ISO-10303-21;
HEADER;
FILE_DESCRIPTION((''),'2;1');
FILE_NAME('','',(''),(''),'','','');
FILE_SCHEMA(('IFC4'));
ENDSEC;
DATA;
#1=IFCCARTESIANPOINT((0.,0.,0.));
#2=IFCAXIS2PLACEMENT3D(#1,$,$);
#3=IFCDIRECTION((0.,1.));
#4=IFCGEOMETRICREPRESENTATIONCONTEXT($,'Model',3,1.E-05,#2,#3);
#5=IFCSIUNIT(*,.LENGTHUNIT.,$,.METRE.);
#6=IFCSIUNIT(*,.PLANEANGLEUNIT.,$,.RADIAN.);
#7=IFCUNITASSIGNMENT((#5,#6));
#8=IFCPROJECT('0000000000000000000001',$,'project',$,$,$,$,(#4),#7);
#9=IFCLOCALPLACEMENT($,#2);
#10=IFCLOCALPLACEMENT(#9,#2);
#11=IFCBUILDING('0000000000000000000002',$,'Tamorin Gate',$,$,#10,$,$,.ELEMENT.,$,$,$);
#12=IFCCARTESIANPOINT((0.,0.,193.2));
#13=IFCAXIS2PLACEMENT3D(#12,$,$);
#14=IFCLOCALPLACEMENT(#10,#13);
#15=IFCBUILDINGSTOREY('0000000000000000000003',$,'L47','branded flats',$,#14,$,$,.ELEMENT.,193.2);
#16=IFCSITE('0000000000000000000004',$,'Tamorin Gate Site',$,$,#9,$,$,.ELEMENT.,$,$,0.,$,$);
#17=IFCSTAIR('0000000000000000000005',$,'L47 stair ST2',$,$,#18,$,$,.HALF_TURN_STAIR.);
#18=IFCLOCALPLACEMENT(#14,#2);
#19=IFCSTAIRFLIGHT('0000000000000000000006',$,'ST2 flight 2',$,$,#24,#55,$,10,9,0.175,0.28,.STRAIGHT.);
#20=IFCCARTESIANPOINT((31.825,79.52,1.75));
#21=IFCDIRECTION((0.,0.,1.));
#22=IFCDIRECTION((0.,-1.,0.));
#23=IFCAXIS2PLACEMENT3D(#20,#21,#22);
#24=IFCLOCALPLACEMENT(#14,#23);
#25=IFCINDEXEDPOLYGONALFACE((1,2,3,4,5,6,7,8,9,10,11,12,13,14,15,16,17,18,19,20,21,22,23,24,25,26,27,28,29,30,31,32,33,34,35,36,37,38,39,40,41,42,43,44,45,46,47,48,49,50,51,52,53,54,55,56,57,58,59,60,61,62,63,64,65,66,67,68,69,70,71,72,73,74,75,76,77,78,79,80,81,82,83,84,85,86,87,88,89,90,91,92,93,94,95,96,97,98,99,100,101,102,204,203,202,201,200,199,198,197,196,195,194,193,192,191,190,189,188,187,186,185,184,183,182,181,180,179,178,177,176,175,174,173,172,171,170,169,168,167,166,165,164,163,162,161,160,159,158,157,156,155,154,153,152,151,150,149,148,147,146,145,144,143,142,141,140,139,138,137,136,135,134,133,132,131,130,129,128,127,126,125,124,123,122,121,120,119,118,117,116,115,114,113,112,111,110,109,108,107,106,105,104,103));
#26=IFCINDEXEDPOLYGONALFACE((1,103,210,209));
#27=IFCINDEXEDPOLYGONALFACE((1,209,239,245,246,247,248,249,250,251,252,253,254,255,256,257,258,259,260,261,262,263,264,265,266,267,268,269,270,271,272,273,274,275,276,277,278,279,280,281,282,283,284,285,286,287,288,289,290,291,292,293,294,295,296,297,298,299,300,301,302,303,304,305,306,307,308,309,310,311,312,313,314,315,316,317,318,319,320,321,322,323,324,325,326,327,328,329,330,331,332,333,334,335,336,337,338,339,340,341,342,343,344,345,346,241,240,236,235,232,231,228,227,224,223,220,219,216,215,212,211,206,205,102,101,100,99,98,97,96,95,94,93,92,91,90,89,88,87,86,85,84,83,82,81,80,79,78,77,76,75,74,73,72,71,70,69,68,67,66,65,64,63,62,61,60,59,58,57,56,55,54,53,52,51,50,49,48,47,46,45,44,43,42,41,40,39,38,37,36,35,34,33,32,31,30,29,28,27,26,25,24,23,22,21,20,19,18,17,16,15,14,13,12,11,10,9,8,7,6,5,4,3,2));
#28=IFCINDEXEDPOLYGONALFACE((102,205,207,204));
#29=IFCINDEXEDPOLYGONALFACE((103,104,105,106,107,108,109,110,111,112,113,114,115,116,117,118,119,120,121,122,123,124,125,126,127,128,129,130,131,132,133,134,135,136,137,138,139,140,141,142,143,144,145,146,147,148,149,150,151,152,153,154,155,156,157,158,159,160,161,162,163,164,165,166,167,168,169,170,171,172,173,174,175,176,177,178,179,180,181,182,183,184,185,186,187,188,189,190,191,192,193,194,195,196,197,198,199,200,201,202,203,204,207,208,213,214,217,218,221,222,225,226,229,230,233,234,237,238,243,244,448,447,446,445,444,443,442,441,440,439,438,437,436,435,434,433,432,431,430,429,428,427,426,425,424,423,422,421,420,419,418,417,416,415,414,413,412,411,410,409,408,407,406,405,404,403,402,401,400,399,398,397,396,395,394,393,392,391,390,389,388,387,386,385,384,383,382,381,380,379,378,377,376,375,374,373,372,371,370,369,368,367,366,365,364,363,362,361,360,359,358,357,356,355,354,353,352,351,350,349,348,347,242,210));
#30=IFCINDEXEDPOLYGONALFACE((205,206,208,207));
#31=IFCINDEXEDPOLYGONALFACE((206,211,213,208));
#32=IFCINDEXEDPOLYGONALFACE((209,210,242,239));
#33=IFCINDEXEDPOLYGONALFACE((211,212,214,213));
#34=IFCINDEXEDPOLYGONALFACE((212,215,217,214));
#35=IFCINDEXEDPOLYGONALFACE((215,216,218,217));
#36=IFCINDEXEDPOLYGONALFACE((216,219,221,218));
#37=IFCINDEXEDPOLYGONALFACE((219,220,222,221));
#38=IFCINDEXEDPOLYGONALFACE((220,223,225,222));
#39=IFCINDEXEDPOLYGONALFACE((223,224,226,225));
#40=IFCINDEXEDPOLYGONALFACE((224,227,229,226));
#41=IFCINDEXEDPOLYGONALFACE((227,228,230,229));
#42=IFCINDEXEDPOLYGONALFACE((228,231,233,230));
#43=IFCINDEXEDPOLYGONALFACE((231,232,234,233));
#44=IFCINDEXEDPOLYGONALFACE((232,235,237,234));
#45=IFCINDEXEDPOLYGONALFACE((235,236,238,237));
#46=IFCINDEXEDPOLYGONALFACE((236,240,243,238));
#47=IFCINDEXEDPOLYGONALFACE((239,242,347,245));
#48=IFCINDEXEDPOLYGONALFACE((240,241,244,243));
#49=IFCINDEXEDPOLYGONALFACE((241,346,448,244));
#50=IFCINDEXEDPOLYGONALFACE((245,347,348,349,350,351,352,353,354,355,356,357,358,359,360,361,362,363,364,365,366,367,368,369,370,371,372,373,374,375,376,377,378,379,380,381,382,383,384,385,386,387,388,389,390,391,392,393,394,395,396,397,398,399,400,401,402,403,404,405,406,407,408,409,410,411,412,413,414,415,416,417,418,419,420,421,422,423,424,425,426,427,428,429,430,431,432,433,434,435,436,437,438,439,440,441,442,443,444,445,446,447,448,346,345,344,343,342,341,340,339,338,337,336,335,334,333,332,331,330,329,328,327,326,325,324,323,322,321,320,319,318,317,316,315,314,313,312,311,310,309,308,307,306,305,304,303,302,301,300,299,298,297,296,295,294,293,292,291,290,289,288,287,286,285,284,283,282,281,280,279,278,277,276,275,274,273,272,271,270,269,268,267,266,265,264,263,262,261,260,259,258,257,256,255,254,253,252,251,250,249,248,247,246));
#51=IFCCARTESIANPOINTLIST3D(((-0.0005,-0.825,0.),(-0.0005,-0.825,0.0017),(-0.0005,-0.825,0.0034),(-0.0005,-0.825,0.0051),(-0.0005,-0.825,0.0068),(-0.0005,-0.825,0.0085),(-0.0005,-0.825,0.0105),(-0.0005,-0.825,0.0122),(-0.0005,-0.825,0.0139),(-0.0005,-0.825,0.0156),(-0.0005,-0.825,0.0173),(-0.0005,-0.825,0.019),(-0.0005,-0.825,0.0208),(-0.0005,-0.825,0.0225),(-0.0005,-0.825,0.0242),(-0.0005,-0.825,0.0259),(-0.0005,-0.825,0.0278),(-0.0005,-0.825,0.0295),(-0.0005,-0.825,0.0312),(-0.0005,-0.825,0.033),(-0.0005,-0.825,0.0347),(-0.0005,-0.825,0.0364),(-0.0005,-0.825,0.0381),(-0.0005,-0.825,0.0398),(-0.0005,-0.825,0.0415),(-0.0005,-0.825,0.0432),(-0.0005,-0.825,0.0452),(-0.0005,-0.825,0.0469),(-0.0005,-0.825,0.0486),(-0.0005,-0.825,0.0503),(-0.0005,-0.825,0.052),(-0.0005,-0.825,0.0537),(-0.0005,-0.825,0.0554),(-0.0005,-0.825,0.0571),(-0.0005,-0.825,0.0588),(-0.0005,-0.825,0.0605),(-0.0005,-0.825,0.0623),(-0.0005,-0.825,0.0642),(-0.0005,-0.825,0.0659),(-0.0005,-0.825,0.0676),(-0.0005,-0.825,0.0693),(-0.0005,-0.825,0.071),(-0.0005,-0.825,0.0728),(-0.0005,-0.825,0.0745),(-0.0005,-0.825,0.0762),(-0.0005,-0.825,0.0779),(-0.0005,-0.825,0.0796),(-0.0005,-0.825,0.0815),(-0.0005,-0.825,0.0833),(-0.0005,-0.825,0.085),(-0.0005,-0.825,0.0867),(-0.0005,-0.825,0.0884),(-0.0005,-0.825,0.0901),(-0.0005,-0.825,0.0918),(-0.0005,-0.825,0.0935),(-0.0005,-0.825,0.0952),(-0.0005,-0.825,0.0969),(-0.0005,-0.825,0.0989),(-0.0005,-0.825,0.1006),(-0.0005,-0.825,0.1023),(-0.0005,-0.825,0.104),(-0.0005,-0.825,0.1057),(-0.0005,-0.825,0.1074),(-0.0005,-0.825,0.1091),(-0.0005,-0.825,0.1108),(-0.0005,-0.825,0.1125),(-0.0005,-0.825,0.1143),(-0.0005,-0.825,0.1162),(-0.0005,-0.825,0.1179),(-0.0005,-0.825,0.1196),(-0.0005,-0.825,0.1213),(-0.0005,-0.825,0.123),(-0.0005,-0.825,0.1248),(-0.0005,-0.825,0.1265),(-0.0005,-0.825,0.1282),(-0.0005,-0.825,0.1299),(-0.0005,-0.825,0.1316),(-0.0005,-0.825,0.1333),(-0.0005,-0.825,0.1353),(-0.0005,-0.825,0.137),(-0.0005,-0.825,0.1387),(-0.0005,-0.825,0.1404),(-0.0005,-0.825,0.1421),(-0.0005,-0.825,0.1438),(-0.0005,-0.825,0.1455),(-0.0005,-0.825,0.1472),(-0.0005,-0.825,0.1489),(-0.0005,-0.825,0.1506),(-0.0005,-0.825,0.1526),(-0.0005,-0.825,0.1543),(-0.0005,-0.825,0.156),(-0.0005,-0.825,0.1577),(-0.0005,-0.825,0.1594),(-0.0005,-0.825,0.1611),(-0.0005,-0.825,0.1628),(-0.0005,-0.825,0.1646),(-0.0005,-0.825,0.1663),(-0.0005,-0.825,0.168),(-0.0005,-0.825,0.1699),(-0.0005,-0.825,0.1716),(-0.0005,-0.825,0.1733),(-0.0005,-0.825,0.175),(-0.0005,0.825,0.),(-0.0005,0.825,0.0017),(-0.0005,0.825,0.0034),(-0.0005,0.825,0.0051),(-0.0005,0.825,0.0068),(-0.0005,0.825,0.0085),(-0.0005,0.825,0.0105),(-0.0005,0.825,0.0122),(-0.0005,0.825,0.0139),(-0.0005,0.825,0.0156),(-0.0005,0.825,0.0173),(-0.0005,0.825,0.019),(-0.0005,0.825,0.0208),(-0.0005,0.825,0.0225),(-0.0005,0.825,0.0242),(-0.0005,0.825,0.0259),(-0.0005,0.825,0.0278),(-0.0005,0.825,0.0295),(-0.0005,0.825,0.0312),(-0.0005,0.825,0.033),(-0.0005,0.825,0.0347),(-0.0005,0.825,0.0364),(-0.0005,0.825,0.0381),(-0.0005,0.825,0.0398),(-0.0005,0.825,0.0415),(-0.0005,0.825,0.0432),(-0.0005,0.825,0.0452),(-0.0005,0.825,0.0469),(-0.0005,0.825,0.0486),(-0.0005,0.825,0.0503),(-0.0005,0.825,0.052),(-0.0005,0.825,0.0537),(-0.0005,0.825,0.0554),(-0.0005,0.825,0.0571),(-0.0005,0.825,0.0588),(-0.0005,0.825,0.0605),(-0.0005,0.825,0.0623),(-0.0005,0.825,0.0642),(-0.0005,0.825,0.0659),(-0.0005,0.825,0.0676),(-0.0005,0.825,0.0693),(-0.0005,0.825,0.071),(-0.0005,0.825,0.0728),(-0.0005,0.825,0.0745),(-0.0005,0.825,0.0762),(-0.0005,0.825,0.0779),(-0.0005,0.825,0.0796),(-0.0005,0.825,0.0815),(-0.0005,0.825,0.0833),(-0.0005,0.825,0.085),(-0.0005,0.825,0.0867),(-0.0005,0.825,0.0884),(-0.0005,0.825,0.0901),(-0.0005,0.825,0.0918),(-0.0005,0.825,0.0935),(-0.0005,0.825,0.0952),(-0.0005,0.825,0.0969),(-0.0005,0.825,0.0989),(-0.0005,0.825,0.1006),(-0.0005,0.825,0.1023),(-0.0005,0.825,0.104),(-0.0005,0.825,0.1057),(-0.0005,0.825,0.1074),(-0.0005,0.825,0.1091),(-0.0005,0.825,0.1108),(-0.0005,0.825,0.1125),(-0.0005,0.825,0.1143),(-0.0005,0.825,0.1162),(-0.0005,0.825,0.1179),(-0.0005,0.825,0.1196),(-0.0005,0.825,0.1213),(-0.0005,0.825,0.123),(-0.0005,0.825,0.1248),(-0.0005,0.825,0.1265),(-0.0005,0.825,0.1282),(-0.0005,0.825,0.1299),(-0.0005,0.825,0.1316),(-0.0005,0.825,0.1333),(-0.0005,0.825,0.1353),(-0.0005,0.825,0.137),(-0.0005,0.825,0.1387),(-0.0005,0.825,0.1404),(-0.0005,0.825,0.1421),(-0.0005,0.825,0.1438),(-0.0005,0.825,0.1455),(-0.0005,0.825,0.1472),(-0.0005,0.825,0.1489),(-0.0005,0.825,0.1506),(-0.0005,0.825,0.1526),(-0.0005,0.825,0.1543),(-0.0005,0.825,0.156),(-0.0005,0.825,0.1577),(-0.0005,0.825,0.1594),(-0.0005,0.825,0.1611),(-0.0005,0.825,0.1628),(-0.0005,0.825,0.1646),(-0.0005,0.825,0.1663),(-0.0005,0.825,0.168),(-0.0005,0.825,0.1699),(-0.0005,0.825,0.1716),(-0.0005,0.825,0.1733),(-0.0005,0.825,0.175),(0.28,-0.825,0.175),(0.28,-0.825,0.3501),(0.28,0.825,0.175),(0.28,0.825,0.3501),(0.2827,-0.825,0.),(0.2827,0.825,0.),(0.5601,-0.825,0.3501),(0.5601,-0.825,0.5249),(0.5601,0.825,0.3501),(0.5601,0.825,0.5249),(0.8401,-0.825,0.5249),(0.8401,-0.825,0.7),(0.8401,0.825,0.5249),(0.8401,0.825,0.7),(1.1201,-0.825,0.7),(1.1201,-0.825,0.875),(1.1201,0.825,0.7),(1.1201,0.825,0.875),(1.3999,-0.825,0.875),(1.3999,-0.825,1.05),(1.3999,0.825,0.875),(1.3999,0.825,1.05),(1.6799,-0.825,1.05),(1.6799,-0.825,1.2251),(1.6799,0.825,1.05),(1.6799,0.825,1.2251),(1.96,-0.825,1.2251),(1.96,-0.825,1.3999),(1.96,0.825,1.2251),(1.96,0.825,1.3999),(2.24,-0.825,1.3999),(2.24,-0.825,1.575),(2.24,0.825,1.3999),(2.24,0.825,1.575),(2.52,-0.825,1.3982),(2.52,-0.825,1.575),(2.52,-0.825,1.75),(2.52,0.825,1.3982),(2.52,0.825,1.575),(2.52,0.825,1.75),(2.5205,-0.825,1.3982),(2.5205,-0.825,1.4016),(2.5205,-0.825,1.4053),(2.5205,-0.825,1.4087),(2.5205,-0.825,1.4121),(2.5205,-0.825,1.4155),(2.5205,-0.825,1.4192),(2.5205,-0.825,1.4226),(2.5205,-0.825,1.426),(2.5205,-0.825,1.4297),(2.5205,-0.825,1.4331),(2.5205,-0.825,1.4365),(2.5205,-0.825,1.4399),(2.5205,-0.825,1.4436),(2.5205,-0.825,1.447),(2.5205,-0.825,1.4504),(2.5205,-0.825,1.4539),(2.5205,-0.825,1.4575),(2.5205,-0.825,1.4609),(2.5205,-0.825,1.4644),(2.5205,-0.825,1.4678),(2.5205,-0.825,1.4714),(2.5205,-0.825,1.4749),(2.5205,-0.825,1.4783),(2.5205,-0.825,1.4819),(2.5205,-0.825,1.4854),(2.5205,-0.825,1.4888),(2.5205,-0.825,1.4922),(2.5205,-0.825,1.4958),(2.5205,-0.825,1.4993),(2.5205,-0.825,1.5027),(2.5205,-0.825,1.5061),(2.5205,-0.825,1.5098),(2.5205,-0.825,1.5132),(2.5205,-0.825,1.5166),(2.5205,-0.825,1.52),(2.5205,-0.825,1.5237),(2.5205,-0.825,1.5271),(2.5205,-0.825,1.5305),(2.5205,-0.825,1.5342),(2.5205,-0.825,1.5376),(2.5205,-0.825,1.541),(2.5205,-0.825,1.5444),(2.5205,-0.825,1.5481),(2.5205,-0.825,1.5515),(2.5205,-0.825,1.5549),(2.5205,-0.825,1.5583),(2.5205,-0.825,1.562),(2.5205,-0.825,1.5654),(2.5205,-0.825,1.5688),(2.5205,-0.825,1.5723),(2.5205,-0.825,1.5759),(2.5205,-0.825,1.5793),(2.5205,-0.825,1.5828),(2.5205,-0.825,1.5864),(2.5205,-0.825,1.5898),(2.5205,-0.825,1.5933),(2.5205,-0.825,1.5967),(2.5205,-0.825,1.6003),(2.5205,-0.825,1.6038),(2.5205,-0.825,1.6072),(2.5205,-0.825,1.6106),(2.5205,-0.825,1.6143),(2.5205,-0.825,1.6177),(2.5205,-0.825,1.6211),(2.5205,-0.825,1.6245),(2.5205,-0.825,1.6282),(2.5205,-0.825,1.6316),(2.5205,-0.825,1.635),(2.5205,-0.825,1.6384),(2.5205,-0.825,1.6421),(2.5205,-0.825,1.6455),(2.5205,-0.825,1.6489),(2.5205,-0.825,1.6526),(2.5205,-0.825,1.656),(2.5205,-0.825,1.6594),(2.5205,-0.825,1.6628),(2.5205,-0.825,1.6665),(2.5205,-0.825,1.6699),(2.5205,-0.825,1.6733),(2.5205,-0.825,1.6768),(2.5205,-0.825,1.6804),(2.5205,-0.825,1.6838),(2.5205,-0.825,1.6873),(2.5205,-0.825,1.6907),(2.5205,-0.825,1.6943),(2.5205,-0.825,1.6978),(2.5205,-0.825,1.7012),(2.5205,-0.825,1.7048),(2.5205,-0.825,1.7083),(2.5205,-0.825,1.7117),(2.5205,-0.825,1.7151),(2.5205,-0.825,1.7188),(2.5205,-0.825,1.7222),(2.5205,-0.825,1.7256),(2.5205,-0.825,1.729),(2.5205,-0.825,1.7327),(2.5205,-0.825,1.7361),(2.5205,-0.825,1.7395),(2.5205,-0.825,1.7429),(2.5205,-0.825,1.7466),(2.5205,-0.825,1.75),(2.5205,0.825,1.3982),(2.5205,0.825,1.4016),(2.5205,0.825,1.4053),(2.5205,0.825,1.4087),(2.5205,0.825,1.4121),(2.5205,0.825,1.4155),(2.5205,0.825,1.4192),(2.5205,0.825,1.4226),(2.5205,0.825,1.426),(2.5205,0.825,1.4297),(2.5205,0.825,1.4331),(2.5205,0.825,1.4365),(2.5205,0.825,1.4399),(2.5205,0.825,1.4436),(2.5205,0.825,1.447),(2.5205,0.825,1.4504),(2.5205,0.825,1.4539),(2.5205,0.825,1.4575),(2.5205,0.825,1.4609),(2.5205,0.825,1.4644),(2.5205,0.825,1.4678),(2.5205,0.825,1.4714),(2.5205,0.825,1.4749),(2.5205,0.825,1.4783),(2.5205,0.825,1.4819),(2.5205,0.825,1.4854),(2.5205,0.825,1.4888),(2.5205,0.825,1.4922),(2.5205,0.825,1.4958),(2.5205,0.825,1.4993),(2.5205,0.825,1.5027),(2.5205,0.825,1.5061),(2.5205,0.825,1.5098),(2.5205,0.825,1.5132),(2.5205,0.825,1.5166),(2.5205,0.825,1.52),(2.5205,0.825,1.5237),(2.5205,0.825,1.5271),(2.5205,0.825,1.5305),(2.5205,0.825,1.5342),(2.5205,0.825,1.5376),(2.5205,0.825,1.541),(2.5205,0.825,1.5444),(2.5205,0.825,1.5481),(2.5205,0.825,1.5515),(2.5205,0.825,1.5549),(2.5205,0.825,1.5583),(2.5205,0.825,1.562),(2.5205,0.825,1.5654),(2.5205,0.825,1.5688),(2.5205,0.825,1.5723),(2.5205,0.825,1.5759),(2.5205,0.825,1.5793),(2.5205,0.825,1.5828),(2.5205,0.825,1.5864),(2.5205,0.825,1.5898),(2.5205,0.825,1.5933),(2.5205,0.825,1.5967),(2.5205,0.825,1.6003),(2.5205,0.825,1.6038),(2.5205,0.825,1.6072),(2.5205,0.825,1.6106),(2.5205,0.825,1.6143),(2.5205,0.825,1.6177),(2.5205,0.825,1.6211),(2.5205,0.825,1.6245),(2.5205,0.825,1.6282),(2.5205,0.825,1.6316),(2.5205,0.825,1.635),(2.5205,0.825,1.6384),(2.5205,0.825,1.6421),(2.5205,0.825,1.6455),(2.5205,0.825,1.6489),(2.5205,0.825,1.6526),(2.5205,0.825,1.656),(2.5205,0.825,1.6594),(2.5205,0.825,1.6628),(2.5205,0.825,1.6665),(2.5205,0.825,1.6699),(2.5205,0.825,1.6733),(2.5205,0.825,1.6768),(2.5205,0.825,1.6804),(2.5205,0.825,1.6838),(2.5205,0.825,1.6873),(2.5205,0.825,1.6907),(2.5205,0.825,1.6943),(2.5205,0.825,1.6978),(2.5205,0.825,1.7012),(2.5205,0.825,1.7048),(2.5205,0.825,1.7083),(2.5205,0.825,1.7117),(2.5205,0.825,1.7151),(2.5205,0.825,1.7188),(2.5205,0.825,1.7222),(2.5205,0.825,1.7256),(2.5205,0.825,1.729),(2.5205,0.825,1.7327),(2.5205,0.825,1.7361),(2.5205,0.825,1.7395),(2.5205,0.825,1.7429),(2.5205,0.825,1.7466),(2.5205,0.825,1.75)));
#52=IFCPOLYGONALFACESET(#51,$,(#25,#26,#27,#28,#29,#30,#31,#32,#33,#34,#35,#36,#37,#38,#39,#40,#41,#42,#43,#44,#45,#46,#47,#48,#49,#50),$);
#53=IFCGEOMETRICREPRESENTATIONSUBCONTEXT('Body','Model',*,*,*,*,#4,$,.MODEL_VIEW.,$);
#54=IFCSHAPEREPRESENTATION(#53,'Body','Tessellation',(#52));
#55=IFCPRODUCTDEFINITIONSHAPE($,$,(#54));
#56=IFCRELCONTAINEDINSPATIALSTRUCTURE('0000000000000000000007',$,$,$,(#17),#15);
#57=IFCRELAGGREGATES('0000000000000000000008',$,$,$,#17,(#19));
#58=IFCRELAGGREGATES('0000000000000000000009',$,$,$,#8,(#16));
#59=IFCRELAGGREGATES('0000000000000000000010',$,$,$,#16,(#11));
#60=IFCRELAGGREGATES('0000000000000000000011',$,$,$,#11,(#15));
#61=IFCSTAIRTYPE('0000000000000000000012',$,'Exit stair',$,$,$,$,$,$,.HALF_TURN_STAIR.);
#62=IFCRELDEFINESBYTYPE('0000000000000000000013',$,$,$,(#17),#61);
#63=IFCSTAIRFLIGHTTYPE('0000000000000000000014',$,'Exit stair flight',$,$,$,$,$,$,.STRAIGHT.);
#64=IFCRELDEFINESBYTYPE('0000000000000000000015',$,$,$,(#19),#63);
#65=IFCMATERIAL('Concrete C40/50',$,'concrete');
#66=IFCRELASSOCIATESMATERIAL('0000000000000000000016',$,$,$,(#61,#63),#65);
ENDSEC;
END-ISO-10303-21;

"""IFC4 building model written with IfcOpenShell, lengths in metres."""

from ifc_helpers import new_model, si_unit, direction, frame, origin, place, context, subcontext, project, spatial, polyline, outline, extrude, material, type_object, element, aggregate, save


model = new_model("IFC4")

# Units and contexts
model_context = context("Model", 3, precision=1e-05, world=origin(), true_north=direction((0.0, 1.0)))
body_context = subcontext(model_context, "Body", "Model", "MODEL_VIEW")
ifc_project = project(units=[si_unit("LENGTHUNIT", "METRE"), si_unit("PLANEANGLEUNIT", "RADIAN")], contexts=[model_context])

# Site, building, storey
site_placement = place(None, origin())
site = spatial("IfcSite", under=ifc_project, at=site_placement, Name="Tamorin Gate Site", CompositionType="ELEMENT", RefElevation=0.0)
building_placement = place(site_placement, origin())
building = spatial("IfcBuilding", under=site, at=building_placement, Name="Tamorin Gate", CompositionType="ELEMENT")
storey_placement = place(building_placement, frame((0.0, 0.0, 193.2)))
storey = spatial("IfcBuildingStorey", under=building, at=storey_placement, Name="L47", Description="branded flats", CompositionType="ELEMENT", Elevation=193.2)

# Stair, stair flight
ifc_material_1 = material(Name="Concrete C40/50", Category="concrete")
stair_type = type_object("IfcStairType", Name="Exit stair", PredefinedType="HALF_TURN_STAIR", material=ifc_material_1)
stair_placement = place(storey_placement, origin())
stair = element("IfcStair", 1, at=stair_placement, inside=storey, type_object=stair_type, Name="L47 stair ST2", PredefinedType="HALF_TURN_STAIR")
stair_flight_type = type_object("IfcStairFlightType", Name="Exit stair flight", PredefinedType="STRAIGHT", material=ifc_material_1)
stair_flight_placement = place(storey_placement, frame((31.825, 79.52, 1.75), z_axis=(0.0, 0.0, 1.0), x_axis=(0.0, -1.0, 0.0)))
stair_flight = element("IfcStairFlight", 2, at=stair_flight_placement, type_object=stair_flight_type, Name="ST2 flight 2", NumberOfRisers=10, NumberOfTreads=9, PredefinedType="STRAIGHT", RiserHeight=0.175, TreadLength=0.28, context=body_context, shape_type="SweptSolid", body=[
    extrude(outline(polyline([(-0.0005, 0.0), (-0.0005, 0.0017), (-0.0005, 0.0034), (-0.0005, 0.0051), (-0.0005, 0.0068), (-0.0005, 0.0085), (-0.0005, 0.0105), (-0.0005, 0.0122), (-0.0005, 0.0139), (-0.0005, 0.0156), (-0.0005, 0.0173), (-0.0005, 0.019), (-0.0005, 0.0208), (-0.0005, 0.0225), (-0.0005, 0.0242), (-0.0005, 0.0259), (-0.0005, 0.0278), (-0.0005, 0.0295), (-0.0005, 0.0312), (-0.0005, 0.033), (-0.0005, 0.0347), (-0.0005, 0.0364), (-0.0005, 0.0381), (-0.0005, 0.0398), (-0.0005, 0.0415), (-0.0005, 0.0432), (-0.0005, 0.0452), (-0.0005, 0.0469), (-0.0005, 0.0486), (-0.0005, 0.0503), (-0.0005, 0.052), (-0.0005, 0.0537), (-0.0005, 0.0554), (-0.0005, 0.0571), (-0.0005, 0.0588), (-0.0005, 0.0605), (-0.0005, 0.0623), (-0.0005, 0.0642), (-0.0005, 0.0659), (-0.0005, 0.0676), (-0.0005, 0.0693), (-0.0005, 0.071), (-0.0005, 0.0728), (-0.0005, 0.0745), (-0.0005, 0.0762), (-0.0005, 0.0779), (-0.0005, 0.0796), (-0.0005, 0.0815), (-0.0005, 0.0833), (-0.0005, 0.085), (-0.0005, 0.0867), (-0.0005, 0.0884), (-0.0005, 0.0901), (-0.0005, 0.0918), (-0.0005, 0.0935), (-0.0005, 0.0952), (-0.0005, 0.0969), (-0.0005, 0.0989), (-0.0005, 0.1006), (-0.0005, 0.1023), (-0.0005, 0.104), (-0.0005, 0.1057), (-0.0005, 0.1074), (-0.0005, 0.1091), (-0.0005, 0.1108), (-0.0005, 0.1125), (-0.0005, 0.1143), (-0.0005, 0.1162), (-0.0005, 0.1179), (-0.0005, 0.1196), (-0.0005, 0.1213), (-0.0005, 0.123), (-0.0005, 0.1248), (-0.0005, 0.1265), (-0.0005, 0.1282), (-0.0005, 0.1299), (-0.0005, 0.1316), (-0.0005, 0.1333), (-0.0005, 0.1353), (-0.0005, 0.137), (-0.0005, 0.1387), (-0.0005, 0.1404), (-0.0005, 0.1421), (-0.0005, 0.1438), (-0.0005, 0.1455), (-0.0005, 0.1472), (-0.0005, 0.1489), (-0.0005, 0.1506), (-0.0005, 0.1526), (-0.0005, 0.1543), (-0.0005, 0.156), (-0.0005, 0.1577), (-0.0005, 0.1594), (-0.0005, 0.1611), (-0.0005, 0.1628), (-0.0005, 0.1646), (-0.0005, 0.1663), (-0.0005, 0.168), (-0.0005, 0.1699), (-0.0005, 0.1716), (-0.0005, 0.1733), (-0.0005, 0.175), (0.28, 0.175), (0.28, 0.3501), (0.5601, 0.3501), (0.5601, 0.5249), (0.8401, 0.5249), (0.8401, 0.7), (1.1201, 0.7), (1.1201, 0.875), (1.3999, 0.875), (1.3999, 1.05), (1.6799, 1.05), (1.6799, 1.2251), (1.96, 1.2251), (1.96, 1.3999), (2.24, 1.3999), (2.24, 1.575), (2.52, 1.575), (2.52, 1.75), (2.5205, 1.75), (2.5205, 1.7466), (2.5205, 1.7429), (2.5205, 1.7395), (2.5205, 1.7361), (2.5205, 1.7327), (2.5205, 1.729), (2.5205, 1.7256), (2.5205, 1.7222), (2.5205, 1.7188), (2.5205, 1.7151), (2.5205, 1.7117), (2.5205, 1.7083), (2.5205, 1.7048), (2.5205, 1.7012), (2.5205, 1.6978), (2.5205, 1.6943), (2.5205, 1.6907), (2.5205, 1.6873), (2.5205, 1.6838), (2.5205, 1.6804), (2.5205, 1.6768), (2.5205, 1.6733), (2.5205, 1.6699), (2.5205, 1.6665), (2.5205, 1.6628), (2.5205, 1.6594), (2.5205, 1.656), (2.5205, 1.6526), (2.5205, 1.6489), (2.5205, 1.6455), (2.5205, 1.6421), (2.5205, 1.6384), (2.5205, 1.635), (2.5205, 1.6316), (2.5205, 1.6282), (2.5205, 1.6245), (2.5205, 1.6211), (2.5205, 1.6177), (2.5205, 1.6143), (2.5205, 1.6106), (2.5205, 1.6072), (2.5205, 1.6038), (2.5205, 1.6003), (2.5205, 1.5967), (2.5205, 1.5933), (2.5205, 1.5898), (2.5205, 1.5864), (2.5205, 1.5828), (2.5205, 1.5793), (2.5205, 1.5759), (2.5205, 1.5723), (2.5205, 1.5688), (2.5205, 1.5654), (2.5205, 1.562), (2.5205, 1.5583), (2.5205, 1.5549), (2.5205, 1.5515), (2.5205, 1.5481), (2.5205, 1.5444), (2.5205, 1.541), (2.5205, 1.5376), (2.5205, 1.5342), (2.5205, 1.5305), (2.5205, 1.5271), (2.5205, 1.5237), (2.5205, 1.52), (2.5205, 1.5166), (2.5205, 1.5132), (2.5205, 1.5098), (2.5205, 1.5061), (2.5205, 1.5027), (2.5205, 1.4993), (2.5205, 1.4958), (2.5205, 1.4922), (2.5205, 1.4888), (2.5205, 1.4854), (2.5205, 1.4819), (2.5205, 1.4783), (2.5205, 1.4749), (2.5205, 1.4714), (2.5205, 1.4678), (2.5205, 1.4644), (2.5205, 1.4609), (2.5205, 1.4575), (2.5205, 1.4539), (2.5205, 1.4504), (2.5205, 1.447), (2.5205, 1.4436), (2.5205, 1.4399), (2.5205, 1.4365), (2.5205, 1.4331), (2.5205, 1.4297), (2.5205, 1.426), (2.5205, 1.4226), (2.5205, 1.4192), (2.5205, 1.4155), (2.5205, 1.4121), (2.5205, 1.4087), (2.5205, 1.4053), (2.5205, 1.4016), (2.5205, 1.3982), (2.52, 1.3982), (0.2827, 0.0), (-0.0005, 0.0)])), frame((0.0, 0.825, 0.0), z_axis=(0.0, -1.0, 0.0), x_axis=(1.0, 0.0, 0.0)), (0.0, 0.0, 1.0), 1.6499),
])
aggregate(stair, [stair_flight])

save(model, "model.ifc")
